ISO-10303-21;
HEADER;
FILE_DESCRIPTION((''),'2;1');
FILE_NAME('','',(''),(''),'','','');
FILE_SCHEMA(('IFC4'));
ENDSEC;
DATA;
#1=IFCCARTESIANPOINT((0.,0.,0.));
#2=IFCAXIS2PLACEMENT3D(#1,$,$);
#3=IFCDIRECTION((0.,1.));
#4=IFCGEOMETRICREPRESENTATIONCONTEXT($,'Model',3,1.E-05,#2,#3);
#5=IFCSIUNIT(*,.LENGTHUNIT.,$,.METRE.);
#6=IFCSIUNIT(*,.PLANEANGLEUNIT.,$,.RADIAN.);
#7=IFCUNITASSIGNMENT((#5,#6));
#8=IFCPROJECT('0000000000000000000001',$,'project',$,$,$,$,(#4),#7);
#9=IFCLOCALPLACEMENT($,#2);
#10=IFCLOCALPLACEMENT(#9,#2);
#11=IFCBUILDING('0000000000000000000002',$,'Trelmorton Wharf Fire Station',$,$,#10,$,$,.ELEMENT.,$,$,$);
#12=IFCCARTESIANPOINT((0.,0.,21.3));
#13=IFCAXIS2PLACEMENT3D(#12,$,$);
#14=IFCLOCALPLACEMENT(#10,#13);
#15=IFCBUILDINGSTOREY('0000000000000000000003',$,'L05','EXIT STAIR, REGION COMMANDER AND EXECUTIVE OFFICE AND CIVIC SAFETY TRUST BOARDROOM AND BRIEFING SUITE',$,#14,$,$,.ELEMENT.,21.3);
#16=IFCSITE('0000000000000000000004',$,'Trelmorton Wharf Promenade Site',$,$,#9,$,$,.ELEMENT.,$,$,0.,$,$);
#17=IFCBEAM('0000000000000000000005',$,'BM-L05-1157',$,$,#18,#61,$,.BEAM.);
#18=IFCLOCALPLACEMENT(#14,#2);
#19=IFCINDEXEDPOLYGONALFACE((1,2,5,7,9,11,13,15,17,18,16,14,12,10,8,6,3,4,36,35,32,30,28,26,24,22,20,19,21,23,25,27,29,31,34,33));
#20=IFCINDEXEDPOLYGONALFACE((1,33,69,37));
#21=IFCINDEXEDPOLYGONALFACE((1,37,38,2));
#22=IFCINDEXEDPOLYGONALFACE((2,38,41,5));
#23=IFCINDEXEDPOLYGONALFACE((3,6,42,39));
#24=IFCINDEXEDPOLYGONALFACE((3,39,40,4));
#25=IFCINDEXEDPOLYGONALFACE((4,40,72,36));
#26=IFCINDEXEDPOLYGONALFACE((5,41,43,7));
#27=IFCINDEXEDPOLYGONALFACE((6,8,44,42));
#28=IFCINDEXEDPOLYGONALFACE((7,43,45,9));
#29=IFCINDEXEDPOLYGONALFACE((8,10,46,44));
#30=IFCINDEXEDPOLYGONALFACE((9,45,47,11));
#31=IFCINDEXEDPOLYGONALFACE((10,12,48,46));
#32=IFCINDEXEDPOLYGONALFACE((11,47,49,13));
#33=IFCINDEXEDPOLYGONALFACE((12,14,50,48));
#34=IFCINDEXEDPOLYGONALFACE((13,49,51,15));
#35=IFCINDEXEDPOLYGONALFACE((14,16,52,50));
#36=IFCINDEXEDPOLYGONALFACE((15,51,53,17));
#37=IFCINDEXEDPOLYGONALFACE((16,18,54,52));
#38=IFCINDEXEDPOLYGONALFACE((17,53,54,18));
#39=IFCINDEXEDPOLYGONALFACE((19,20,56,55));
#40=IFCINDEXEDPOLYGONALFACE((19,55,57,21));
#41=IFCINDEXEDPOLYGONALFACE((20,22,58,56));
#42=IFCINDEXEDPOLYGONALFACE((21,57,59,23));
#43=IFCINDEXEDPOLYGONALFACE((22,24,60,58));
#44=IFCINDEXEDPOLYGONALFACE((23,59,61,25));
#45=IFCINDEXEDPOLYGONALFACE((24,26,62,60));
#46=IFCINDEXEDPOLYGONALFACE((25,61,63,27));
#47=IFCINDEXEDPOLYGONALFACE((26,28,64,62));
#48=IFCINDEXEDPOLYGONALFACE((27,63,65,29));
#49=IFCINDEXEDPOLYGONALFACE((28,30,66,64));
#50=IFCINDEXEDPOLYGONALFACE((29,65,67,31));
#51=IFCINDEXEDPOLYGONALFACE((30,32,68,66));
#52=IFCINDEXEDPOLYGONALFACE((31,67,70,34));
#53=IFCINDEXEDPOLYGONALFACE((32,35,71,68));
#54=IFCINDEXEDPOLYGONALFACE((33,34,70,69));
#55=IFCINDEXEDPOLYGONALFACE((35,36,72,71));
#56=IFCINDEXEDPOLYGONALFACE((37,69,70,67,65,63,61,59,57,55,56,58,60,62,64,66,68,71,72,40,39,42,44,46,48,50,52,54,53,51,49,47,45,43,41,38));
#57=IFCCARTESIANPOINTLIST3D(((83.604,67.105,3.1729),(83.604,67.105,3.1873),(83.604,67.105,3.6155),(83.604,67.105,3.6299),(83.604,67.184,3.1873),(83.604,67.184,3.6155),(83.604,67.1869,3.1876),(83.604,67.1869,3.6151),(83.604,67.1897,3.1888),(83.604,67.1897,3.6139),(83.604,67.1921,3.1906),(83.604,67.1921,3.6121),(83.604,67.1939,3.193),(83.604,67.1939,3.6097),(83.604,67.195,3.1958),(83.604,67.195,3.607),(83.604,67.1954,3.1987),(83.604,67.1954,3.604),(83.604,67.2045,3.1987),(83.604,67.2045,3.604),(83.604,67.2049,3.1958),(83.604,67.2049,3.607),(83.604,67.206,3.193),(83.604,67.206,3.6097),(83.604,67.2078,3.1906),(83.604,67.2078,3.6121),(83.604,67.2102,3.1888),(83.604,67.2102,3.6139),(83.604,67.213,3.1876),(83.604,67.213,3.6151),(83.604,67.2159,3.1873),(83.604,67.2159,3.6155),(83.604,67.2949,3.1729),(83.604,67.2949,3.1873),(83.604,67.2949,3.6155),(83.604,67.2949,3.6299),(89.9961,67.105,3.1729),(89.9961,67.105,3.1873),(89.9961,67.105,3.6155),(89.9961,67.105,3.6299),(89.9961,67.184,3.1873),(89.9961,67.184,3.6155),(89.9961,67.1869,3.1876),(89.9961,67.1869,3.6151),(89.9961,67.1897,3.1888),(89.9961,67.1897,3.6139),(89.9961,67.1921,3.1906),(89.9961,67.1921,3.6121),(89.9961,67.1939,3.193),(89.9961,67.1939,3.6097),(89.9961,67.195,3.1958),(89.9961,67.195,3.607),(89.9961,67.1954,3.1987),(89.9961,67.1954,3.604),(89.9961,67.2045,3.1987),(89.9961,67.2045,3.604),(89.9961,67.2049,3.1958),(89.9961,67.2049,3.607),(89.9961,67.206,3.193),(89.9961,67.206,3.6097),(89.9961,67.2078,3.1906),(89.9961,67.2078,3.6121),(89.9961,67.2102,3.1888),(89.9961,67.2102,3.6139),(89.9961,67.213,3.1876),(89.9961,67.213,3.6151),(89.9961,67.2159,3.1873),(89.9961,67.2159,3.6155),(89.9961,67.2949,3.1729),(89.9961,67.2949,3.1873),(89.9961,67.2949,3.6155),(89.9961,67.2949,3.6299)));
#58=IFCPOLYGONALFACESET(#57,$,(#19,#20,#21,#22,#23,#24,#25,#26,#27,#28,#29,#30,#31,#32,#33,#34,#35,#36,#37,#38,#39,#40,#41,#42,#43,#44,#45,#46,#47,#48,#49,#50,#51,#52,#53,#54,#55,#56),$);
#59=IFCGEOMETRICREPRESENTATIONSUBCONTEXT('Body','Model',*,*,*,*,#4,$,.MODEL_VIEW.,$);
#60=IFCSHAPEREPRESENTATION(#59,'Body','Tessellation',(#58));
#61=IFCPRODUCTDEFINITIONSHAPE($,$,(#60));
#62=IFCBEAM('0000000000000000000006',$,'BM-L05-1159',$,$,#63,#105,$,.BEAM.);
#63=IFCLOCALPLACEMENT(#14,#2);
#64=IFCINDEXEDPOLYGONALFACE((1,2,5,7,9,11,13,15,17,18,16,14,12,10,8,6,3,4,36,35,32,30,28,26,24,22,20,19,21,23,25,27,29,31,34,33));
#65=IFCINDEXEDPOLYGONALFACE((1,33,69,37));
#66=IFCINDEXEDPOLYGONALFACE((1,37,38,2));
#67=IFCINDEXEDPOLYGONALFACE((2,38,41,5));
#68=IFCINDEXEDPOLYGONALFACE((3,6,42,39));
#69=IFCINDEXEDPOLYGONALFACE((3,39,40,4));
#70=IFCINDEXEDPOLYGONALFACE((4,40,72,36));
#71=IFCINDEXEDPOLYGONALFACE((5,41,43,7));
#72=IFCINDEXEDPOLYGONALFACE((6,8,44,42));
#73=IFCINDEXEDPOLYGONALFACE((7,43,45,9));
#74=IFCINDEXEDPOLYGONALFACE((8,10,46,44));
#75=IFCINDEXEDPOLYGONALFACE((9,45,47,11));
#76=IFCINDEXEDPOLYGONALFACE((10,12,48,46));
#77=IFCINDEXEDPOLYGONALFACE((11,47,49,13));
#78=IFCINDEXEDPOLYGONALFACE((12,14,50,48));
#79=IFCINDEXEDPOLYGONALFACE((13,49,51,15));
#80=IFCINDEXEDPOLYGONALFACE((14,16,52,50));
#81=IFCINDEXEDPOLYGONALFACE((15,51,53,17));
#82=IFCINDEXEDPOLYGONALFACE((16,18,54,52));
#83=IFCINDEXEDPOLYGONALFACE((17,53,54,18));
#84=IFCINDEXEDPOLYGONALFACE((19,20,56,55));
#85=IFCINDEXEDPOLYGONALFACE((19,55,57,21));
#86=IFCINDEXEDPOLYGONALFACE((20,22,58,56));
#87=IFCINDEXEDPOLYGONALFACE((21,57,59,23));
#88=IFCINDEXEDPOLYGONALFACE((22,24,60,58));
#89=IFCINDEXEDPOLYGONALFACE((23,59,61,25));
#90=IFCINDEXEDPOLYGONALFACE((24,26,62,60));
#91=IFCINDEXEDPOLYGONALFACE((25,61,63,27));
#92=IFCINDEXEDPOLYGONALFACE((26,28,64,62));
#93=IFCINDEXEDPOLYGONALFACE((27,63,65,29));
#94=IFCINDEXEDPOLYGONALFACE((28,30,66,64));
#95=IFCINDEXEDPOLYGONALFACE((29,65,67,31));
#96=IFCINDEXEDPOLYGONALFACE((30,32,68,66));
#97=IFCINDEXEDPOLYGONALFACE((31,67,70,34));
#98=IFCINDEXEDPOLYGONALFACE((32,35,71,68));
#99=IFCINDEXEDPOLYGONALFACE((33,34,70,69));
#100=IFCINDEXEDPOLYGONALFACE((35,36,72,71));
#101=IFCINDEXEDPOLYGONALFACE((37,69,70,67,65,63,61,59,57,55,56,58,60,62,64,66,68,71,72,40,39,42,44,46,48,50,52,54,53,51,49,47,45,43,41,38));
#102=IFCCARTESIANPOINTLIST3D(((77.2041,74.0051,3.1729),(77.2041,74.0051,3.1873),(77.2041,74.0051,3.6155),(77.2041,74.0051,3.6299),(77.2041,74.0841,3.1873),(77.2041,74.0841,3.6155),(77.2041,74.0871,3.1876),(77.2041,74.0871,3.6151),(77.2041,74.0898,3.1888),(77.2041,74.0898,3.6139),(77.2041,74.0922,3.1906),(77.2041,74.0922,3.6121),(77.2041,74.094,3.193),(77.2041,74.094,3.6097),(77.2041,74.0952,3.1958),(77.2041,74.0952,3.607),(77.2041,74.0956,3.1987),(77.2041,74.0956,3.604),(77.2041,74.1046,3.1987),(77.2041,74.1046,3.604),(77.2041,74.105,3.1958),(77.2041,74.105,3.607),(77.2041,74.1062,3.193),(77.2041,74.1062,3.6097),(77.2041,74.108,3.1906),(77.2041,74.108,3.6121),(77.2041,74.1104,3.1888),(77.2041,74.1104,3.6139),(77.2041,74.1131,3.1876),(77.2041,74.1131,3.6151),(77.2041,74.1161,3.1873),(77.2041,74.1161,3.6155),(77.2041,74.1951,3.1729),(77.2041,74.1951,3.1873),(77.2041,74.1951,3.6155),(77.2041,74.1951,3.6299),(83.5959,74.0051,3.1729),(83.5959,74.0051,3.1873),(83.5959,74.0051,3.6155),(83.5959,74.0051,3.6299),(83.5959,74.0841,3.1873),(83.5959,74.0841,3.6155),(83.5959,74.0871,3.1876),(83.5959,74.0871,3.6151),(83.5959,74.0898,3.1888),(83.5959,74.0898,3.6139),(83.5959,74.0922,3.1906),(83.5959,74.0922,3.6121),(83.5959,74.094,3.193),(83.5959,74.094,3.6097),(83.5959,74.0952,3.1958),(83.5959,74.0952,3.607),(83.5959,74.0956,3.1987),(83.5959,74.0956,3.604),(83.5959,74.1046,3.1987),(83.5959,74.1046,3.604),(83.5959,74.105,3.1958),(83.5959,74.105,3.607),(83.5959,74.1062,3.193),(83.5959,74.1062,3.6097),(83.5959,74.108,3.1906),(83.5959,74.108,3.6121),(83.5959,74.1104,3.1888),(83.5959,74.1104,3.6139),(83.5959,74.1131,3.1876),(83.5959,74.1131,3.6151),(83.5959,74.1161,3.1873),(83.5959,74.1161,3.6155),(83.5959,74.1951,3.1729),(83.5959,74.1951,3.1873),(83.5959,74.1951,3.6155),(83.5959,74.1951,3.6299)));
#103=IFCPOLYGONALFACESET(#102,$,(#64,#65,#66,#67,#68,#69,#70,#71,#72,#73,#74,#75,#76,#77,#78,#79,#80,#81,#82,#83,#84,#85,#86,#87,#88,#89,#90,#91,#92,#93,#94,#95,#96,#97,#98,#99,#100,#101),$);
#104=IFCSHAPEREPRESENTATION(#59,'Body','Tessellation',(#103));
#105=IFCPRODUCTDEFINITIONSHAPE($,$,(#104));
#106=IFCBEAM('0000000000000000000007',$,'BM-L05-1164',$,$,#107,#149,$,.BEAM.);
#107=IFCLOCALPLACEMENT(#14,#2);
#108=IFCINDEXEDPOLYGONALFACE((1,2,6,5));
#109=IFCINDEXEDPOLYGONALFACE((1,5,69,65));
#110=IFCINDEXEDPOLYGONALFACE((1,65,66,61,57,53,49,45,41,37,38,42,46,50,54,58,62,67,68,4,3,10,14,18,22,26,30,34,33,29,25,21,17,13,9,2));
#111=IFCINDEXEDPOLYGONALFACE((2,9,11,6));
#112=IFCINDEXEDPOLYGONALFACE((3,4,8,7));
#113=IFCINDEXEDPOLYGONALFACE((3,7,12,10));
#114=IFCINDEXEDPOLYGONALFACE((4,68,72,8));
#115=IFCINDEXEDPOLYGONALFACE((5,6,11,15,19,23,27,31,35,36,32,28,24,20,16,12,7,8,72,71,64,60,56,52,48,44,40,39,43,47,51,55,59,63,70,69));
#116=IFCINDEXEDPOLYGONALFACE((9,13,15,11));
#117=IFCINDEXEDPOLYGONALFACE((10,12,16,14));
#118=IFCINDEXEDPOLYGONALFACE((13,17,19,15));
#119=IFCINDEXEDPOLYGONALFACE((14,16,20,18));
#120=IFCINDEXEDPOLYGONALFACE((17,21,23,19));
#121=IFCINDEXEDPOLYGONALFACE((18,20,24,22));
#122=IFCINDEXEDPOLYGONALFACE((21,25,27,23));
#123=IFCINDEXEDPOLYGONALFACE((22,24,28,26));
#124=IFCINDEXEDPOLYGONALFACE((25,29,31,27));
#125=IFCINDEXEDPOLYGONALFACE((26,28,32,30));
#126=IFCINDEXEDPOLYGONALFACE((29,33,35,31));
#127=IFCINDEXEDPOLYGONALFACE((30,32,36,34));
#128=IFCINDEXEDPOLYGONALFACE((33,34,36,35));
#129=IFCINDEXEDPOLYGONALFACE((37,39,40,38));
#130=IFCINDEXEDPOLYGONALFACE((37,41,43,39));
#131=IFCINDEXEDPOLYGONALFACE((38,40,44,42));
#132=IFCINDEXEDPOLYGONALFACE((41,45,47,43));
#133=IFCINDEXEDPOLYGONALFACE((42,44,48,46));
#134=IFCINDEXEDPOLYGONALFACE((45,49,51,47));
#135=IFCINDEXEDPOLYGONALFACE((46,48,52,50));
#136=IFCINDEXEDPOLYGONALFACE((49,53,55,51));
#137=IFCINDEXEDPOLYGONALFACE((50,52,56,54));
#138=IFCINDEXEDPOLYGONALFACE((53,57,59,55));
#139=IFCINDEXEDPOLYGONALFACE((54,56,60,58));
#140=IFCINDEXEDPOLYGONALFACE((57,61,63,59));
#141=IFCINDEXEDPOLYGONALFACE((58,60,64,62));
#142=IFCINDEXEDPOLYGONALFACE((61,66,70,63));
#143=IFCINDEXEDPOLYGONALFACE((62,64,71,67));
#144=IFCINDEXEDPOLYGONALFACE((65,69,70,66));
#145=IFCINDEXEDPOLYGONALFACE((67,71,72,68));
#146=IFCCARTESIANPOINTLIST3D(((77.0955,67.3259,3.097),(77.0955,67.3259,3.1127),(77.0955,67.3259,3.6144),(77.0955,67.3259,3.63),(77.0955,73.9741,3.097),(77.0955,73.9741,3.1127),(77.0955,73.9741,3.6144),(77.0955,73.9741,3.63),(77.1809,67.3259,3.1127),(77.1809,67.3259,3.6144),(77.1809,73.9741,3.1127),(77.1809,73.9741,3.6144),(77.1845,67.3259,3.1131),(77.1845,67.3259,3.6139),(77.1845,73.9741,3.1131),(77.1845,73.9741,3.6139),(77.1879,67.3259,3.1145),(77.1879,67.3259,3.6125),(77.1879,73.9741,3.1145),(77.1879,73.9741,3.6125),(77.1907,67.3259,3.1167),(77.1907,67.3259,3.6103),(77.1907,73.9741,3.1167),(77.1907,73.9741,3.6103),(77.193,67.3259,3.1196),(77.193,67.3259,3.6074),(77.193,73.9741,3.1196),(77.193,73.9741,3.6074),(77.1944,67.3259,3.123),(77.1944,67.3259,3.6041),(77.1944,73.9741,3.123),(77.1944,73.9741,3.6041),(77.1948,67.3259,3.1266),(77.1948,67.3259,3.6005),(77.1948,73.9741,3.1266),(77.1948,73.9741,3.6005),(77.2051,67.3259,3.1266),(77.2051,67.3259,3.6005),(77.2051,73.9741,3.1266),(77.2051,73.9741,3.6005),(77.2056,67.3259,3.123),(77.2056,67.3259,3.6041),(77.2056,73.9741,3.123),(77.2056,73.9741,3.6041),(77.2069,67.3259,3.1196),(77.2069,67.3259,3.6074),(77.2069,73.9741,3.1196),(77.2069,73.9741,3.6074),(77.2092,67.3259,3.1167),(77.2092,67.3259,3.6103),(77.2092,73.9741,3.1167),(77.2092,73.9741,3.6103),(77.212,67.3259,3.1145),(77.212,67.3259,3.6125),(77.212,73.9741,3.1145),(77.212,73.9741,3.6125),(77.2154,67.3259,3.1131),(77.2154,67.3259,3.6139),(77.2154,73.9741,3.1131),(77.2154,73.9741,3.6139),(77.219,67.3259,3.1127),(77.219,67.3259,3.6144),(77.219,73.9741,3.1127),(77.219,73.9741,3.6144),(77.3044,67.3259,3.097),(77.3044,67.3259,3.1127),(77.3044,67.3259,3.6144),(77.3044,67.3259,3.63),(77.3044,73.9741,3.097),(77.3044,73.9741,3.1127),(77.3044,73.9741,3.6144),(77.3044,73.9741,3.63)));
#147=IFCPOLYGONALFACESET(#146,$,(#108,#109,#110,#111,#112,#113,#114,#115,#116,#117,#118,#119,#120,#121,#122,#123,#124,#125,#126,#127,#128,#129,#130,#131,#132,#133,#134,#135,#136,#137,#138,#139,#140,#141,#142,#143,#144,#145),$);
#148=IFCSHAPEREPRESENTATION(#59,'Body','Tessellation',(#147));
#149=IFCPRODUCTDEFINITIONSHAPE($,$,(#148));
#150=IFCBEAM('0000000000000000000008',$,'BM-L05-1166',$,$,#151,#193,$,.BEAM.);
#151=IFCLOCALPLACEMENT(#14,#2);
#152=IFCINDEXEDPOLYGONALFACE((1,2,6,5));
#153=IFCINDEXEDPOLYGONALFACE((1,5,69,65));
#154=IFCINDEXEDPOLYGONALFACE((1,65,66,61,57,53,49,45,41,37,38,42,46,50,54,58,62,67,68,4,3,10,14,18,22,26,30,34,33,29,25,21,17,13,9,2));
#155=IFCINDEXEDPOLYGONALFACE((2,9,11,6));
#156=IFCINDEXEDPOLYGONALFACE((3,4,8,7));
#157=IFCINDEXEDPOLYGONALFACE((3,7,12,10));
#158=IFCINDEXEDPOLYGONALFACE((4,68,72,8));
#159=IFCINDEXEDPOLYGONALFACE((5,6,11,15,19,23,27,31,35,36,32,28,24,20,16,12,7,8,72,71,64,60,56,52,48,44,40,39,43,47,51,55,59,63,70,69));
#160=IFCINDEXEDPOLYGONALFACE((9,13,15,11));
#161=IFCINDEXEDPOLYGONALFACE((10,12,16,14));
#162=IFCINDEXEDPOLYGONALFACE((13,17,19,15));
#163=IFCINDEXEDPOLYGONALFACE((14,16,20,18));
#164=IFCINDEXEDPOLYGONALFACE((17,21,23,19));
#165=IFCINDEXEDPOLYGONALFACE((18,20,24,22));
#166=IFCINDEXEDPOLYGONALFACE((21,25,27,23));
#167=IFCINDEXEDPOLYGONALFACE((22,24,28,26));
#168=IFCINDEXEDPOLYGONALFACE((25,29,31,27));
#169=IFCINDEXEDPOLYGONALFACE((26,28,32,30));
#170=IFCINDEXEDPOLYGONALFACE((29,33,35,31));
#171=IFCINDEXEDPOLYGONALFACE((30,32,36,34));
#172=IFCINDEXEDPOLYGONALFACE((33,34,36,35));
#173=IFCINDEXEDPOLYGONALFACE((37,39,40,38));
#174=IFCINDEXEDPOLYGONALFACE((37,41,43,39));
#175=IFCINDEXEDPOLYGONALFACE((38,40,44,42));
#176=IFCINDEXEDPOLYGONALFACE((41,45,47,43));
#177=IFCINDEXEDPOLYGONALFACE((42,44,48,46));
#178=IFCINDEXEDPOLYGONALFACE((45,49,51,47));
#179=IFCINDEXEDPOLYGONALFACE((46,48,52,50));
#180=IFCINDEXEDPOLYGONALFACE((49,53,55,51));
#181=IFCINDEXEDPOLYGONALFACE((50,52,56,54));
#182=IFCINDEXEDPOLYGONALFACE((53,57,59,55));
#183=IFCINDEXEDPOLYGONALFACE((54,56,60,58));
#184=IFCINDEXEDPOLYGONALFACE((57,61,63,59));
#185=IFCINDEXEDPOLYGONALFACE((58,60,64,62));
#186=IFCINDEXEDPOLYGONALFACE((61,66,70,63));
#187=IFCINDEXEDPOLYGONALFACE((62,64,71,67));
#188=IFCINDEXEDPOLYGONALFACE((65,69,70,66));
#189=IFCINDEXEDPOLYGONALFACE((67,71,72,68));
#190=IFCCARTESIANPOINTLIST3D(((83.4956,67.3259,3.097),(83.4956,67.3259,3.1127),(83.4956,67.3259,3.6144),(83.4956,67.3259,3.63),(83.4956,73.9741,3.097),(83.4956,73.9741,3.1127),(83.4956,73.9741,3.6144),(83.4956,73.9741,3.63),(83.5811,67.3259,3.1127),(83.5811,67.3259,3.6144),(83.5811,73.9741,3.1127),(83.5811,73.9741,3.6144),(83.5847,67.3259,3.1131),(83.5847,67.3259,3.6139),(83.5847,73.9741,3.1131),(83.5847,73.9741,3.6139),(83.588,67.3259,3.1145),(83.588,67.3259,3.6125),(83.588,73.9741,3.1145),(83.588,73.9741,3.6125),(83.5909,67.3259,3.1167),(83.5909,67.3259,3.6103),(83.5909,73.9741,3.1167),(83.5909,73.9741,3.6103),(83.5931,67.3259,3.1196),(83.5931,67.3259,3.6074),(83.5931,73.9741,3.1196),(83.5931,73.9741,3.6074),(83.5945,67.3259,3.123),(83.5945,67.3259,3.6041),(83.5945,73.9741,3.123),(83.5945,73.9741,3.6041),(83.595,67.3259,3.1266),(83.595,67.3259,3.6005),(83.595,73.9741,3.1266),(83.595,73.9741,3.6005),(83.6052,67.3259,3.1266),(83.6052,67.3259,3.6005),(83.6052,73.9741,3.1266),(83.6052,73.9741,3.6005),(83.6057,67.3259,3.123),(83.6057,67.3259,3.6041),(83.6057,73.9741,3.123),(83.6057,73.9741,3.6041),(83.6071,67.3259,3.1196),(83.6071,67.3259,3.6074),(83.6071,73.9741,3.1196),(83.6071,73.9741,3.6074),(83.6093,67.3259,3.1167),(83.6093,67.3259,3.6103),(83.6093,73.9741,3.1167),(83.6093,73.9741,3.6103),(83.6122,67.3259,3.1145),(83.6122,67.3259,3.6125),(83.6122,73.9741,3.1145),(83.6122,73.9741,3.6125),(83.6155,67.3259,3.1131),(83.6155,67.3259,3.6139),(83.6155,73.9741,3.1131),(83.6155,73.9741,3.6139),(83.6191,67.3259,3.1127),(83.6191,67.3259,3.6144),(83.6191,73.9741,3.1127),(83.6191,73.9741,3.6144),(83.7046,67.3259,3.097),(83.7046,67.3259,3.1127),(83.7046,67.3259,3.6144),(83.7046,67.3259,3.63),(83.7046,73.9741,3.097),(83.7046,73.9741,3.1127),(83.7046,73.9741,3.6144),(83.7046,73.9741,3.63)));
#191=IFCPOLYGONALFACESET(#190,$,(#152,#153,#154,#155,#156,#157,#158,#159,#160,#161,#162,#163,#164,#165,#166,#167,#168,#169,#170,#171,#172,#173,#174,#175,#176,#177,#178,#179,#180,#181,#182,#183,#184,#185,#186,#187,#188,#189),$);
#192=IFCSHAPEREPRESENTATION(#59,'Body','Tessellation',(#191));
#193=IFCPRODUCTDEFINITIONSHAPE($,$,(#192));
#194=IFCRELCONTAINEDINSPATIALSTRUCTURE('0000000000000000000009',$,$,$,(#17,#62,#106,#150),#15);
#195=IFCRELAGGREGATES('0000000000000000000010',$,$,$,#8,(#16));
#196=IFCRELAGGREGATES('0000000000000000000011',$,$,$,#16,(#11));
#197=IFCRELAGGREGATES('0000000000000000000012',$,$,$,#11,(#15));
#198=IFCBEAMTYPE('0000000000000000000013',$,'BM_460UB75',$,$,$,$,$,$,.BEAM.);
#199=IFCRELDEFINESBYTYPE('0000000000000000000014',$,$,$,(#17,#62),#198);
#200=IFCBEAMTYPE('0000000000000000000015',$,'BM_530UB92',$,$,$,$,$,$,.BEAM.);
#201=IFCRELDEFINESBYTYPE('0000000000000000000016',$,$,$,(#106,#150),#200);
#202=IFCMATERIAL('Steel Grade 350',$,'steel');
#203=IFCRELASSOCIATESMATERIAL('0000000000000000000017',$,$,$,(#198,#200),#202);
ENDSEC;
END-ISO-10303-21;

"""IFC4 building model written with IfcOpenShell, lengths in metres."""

from ifc_helpers import new_model, si_unit, direction, frame, origin, origin_2d, place, context, subcontext, project, spatial, i_section, extrude, material, material_profile, profile_set, type_object, element, save


model = new_model("IFC4")

# Units and contexts
model_context = context("Model", 3, precision=1e-05, world=origin(), true_north=direction((0.0, 1.0)))
body_context = subcontext(model_context, "Body", "Model", "MODEL_VIEW")
ifc_project = project(units=[si_unit("LENGTHUNIT", "METRE"), si_unit("PLANEANGLEUNIT", "RADIAN")], contexts=[model_context])

# Site, building, storey
site_placement = place(None, origin())
site = spatial("IfcSite", under=ifc_project, at=site_placement, Name="Trelmorton Wharf Promenade Site", CompositionType="ELEMENT", RefElevation=0.0)
building_placement = place(site_placement, origin())
building = spatial("IfcBuilding", under=site, at=building_placement, Name="Trelmorton Wharf Fire Station", CompositionType="ELEMENT")
storey_placement = place(building_placement, frame((0.0, 0.0, 21.3)))
storey = spatial("IfcBuildingStorey", under=building, at=storey_placement, Name="L05", Description="EXIT STAIR, REGION COMMANDER AND EXECUTIVE OFFICE AND CIVIC SAFETY TRUST BOARDROOM AND BRIEFING SUITE", CompositionType="ELEMENT", Elevation=21.3)

# Shared definitions
ifc_material_1 = material(Name="Steel Grade 350", Category="steel")

# Beams
ifc_material_profile_1 = material_profile(ifc_material_1, i_section(OverallWidth=0.1899, OverallDepth=0.457, WebThickness=0.009, FlangeThickness=0.0144, FilletRadius=0.0115, at=origin_2d()), Name="460UB74.6")
ifc_profile_set_1 = profile_set([ifc_material_profile_1], Name="Steel Grade 350")
beam_type_1 = type_object("IfcBeamType", Name="BM_460UB75", PredefinedType="BEAM", material=ifc_profile_set_1)
beam_1_placement = place(storey_placement, frame((83.604, 67.2, 3.4014), z_axis=(1.0, 0.0, 0.0), x_axis=(0.0, 1.0, 0.0)))
element("IfcBeam", 1, at=beam_1_placement, inside=storey, type_object=beam_type_1, Name="BM-L05-1157", PredefinedType="BEAM", context=body_context, shape_type="SweptSolid", body=[
    extrude(i_section(OverallWidth=0.1899, OverallDepth=0.457, WebThickness=0.009, FlangeThickness=0.0144, FilletRadius=0.0115, at=origin_2d()), origin(), (0.0, 0.0, 1.0), 6.3921),
])
beam_2_placement = place(storey_placement, frame((77.2041, 74.1001, 3.4014), z_axis=(1.0, 0.0, 0.0), x_axis=(0.0, 1.0, 0.0)))
element("IfcBeam", 2, at=beam_2_placement, inside=storey, type_object=beam_type_1, Name="BM-L05-1159", PredefinedType="BEAM", context=body_context, shape_type="SweptSolid", body=[
    extrude(i_section(OverallWidth=0.1899, OverallDepth=0.457, WebThickness=0.009, FlangeThickness=0.0144, FilletRadius=0.0115, at=origin_2d()), origin(), (0.0, 0.0, 1.0), 6.3918),
])
ifc_material_profile_2 = material_profile(ifc_material_1, i_section(OverallWidth=0.209, OverallDepth=0.533, WebThickness=0.0103, FlangeThickness=0.0156, FilletRadius=0.0139, at=origin_2d()), Name="530UB92.4")
ifc_profile_set_2 = profile_set([ifc_material_profile_2], Name="Steel Grade 350")
beam_type_2 = type_object("IfcBeamType", Name="BM_530UB92", PredefinedType="BEAM", material=ifc_profile_set_2)
for number, where, z_axis, x_axis, name in (
    (3, (77.2, 67.3259, 3.3635), (0.0, 1.0, 0.0), (-1.0, 0.0, 0.0), "BM-L05-1164"),
    (4, (83.6001, 67.3259, 3.3635), (0.0, 1.0, 0.0), (-1.0, 0.0, 0.0), "BM-L05-1166"),
):
    element("IfcBeam", number, at=place(storey_placement, frame(where, z_axis=z_axis, x_axis=x_axis)), inside=storey, type_object=beam_type_2, Name=name, PredefinedType="BEAM", context=body_context, shape_type="SweptSolid", body=[
        extrude(i_section(OverallWidth=0.209, OverallDepth=0.533, WebThickness=0.0103, FlangeThickness=0.0156, FilletRadius=0.0139, at=origin_2d()), origin(), (0.0, 0.0, 1.0), 6.6482),
    ])

save(model, "model.ifc")
